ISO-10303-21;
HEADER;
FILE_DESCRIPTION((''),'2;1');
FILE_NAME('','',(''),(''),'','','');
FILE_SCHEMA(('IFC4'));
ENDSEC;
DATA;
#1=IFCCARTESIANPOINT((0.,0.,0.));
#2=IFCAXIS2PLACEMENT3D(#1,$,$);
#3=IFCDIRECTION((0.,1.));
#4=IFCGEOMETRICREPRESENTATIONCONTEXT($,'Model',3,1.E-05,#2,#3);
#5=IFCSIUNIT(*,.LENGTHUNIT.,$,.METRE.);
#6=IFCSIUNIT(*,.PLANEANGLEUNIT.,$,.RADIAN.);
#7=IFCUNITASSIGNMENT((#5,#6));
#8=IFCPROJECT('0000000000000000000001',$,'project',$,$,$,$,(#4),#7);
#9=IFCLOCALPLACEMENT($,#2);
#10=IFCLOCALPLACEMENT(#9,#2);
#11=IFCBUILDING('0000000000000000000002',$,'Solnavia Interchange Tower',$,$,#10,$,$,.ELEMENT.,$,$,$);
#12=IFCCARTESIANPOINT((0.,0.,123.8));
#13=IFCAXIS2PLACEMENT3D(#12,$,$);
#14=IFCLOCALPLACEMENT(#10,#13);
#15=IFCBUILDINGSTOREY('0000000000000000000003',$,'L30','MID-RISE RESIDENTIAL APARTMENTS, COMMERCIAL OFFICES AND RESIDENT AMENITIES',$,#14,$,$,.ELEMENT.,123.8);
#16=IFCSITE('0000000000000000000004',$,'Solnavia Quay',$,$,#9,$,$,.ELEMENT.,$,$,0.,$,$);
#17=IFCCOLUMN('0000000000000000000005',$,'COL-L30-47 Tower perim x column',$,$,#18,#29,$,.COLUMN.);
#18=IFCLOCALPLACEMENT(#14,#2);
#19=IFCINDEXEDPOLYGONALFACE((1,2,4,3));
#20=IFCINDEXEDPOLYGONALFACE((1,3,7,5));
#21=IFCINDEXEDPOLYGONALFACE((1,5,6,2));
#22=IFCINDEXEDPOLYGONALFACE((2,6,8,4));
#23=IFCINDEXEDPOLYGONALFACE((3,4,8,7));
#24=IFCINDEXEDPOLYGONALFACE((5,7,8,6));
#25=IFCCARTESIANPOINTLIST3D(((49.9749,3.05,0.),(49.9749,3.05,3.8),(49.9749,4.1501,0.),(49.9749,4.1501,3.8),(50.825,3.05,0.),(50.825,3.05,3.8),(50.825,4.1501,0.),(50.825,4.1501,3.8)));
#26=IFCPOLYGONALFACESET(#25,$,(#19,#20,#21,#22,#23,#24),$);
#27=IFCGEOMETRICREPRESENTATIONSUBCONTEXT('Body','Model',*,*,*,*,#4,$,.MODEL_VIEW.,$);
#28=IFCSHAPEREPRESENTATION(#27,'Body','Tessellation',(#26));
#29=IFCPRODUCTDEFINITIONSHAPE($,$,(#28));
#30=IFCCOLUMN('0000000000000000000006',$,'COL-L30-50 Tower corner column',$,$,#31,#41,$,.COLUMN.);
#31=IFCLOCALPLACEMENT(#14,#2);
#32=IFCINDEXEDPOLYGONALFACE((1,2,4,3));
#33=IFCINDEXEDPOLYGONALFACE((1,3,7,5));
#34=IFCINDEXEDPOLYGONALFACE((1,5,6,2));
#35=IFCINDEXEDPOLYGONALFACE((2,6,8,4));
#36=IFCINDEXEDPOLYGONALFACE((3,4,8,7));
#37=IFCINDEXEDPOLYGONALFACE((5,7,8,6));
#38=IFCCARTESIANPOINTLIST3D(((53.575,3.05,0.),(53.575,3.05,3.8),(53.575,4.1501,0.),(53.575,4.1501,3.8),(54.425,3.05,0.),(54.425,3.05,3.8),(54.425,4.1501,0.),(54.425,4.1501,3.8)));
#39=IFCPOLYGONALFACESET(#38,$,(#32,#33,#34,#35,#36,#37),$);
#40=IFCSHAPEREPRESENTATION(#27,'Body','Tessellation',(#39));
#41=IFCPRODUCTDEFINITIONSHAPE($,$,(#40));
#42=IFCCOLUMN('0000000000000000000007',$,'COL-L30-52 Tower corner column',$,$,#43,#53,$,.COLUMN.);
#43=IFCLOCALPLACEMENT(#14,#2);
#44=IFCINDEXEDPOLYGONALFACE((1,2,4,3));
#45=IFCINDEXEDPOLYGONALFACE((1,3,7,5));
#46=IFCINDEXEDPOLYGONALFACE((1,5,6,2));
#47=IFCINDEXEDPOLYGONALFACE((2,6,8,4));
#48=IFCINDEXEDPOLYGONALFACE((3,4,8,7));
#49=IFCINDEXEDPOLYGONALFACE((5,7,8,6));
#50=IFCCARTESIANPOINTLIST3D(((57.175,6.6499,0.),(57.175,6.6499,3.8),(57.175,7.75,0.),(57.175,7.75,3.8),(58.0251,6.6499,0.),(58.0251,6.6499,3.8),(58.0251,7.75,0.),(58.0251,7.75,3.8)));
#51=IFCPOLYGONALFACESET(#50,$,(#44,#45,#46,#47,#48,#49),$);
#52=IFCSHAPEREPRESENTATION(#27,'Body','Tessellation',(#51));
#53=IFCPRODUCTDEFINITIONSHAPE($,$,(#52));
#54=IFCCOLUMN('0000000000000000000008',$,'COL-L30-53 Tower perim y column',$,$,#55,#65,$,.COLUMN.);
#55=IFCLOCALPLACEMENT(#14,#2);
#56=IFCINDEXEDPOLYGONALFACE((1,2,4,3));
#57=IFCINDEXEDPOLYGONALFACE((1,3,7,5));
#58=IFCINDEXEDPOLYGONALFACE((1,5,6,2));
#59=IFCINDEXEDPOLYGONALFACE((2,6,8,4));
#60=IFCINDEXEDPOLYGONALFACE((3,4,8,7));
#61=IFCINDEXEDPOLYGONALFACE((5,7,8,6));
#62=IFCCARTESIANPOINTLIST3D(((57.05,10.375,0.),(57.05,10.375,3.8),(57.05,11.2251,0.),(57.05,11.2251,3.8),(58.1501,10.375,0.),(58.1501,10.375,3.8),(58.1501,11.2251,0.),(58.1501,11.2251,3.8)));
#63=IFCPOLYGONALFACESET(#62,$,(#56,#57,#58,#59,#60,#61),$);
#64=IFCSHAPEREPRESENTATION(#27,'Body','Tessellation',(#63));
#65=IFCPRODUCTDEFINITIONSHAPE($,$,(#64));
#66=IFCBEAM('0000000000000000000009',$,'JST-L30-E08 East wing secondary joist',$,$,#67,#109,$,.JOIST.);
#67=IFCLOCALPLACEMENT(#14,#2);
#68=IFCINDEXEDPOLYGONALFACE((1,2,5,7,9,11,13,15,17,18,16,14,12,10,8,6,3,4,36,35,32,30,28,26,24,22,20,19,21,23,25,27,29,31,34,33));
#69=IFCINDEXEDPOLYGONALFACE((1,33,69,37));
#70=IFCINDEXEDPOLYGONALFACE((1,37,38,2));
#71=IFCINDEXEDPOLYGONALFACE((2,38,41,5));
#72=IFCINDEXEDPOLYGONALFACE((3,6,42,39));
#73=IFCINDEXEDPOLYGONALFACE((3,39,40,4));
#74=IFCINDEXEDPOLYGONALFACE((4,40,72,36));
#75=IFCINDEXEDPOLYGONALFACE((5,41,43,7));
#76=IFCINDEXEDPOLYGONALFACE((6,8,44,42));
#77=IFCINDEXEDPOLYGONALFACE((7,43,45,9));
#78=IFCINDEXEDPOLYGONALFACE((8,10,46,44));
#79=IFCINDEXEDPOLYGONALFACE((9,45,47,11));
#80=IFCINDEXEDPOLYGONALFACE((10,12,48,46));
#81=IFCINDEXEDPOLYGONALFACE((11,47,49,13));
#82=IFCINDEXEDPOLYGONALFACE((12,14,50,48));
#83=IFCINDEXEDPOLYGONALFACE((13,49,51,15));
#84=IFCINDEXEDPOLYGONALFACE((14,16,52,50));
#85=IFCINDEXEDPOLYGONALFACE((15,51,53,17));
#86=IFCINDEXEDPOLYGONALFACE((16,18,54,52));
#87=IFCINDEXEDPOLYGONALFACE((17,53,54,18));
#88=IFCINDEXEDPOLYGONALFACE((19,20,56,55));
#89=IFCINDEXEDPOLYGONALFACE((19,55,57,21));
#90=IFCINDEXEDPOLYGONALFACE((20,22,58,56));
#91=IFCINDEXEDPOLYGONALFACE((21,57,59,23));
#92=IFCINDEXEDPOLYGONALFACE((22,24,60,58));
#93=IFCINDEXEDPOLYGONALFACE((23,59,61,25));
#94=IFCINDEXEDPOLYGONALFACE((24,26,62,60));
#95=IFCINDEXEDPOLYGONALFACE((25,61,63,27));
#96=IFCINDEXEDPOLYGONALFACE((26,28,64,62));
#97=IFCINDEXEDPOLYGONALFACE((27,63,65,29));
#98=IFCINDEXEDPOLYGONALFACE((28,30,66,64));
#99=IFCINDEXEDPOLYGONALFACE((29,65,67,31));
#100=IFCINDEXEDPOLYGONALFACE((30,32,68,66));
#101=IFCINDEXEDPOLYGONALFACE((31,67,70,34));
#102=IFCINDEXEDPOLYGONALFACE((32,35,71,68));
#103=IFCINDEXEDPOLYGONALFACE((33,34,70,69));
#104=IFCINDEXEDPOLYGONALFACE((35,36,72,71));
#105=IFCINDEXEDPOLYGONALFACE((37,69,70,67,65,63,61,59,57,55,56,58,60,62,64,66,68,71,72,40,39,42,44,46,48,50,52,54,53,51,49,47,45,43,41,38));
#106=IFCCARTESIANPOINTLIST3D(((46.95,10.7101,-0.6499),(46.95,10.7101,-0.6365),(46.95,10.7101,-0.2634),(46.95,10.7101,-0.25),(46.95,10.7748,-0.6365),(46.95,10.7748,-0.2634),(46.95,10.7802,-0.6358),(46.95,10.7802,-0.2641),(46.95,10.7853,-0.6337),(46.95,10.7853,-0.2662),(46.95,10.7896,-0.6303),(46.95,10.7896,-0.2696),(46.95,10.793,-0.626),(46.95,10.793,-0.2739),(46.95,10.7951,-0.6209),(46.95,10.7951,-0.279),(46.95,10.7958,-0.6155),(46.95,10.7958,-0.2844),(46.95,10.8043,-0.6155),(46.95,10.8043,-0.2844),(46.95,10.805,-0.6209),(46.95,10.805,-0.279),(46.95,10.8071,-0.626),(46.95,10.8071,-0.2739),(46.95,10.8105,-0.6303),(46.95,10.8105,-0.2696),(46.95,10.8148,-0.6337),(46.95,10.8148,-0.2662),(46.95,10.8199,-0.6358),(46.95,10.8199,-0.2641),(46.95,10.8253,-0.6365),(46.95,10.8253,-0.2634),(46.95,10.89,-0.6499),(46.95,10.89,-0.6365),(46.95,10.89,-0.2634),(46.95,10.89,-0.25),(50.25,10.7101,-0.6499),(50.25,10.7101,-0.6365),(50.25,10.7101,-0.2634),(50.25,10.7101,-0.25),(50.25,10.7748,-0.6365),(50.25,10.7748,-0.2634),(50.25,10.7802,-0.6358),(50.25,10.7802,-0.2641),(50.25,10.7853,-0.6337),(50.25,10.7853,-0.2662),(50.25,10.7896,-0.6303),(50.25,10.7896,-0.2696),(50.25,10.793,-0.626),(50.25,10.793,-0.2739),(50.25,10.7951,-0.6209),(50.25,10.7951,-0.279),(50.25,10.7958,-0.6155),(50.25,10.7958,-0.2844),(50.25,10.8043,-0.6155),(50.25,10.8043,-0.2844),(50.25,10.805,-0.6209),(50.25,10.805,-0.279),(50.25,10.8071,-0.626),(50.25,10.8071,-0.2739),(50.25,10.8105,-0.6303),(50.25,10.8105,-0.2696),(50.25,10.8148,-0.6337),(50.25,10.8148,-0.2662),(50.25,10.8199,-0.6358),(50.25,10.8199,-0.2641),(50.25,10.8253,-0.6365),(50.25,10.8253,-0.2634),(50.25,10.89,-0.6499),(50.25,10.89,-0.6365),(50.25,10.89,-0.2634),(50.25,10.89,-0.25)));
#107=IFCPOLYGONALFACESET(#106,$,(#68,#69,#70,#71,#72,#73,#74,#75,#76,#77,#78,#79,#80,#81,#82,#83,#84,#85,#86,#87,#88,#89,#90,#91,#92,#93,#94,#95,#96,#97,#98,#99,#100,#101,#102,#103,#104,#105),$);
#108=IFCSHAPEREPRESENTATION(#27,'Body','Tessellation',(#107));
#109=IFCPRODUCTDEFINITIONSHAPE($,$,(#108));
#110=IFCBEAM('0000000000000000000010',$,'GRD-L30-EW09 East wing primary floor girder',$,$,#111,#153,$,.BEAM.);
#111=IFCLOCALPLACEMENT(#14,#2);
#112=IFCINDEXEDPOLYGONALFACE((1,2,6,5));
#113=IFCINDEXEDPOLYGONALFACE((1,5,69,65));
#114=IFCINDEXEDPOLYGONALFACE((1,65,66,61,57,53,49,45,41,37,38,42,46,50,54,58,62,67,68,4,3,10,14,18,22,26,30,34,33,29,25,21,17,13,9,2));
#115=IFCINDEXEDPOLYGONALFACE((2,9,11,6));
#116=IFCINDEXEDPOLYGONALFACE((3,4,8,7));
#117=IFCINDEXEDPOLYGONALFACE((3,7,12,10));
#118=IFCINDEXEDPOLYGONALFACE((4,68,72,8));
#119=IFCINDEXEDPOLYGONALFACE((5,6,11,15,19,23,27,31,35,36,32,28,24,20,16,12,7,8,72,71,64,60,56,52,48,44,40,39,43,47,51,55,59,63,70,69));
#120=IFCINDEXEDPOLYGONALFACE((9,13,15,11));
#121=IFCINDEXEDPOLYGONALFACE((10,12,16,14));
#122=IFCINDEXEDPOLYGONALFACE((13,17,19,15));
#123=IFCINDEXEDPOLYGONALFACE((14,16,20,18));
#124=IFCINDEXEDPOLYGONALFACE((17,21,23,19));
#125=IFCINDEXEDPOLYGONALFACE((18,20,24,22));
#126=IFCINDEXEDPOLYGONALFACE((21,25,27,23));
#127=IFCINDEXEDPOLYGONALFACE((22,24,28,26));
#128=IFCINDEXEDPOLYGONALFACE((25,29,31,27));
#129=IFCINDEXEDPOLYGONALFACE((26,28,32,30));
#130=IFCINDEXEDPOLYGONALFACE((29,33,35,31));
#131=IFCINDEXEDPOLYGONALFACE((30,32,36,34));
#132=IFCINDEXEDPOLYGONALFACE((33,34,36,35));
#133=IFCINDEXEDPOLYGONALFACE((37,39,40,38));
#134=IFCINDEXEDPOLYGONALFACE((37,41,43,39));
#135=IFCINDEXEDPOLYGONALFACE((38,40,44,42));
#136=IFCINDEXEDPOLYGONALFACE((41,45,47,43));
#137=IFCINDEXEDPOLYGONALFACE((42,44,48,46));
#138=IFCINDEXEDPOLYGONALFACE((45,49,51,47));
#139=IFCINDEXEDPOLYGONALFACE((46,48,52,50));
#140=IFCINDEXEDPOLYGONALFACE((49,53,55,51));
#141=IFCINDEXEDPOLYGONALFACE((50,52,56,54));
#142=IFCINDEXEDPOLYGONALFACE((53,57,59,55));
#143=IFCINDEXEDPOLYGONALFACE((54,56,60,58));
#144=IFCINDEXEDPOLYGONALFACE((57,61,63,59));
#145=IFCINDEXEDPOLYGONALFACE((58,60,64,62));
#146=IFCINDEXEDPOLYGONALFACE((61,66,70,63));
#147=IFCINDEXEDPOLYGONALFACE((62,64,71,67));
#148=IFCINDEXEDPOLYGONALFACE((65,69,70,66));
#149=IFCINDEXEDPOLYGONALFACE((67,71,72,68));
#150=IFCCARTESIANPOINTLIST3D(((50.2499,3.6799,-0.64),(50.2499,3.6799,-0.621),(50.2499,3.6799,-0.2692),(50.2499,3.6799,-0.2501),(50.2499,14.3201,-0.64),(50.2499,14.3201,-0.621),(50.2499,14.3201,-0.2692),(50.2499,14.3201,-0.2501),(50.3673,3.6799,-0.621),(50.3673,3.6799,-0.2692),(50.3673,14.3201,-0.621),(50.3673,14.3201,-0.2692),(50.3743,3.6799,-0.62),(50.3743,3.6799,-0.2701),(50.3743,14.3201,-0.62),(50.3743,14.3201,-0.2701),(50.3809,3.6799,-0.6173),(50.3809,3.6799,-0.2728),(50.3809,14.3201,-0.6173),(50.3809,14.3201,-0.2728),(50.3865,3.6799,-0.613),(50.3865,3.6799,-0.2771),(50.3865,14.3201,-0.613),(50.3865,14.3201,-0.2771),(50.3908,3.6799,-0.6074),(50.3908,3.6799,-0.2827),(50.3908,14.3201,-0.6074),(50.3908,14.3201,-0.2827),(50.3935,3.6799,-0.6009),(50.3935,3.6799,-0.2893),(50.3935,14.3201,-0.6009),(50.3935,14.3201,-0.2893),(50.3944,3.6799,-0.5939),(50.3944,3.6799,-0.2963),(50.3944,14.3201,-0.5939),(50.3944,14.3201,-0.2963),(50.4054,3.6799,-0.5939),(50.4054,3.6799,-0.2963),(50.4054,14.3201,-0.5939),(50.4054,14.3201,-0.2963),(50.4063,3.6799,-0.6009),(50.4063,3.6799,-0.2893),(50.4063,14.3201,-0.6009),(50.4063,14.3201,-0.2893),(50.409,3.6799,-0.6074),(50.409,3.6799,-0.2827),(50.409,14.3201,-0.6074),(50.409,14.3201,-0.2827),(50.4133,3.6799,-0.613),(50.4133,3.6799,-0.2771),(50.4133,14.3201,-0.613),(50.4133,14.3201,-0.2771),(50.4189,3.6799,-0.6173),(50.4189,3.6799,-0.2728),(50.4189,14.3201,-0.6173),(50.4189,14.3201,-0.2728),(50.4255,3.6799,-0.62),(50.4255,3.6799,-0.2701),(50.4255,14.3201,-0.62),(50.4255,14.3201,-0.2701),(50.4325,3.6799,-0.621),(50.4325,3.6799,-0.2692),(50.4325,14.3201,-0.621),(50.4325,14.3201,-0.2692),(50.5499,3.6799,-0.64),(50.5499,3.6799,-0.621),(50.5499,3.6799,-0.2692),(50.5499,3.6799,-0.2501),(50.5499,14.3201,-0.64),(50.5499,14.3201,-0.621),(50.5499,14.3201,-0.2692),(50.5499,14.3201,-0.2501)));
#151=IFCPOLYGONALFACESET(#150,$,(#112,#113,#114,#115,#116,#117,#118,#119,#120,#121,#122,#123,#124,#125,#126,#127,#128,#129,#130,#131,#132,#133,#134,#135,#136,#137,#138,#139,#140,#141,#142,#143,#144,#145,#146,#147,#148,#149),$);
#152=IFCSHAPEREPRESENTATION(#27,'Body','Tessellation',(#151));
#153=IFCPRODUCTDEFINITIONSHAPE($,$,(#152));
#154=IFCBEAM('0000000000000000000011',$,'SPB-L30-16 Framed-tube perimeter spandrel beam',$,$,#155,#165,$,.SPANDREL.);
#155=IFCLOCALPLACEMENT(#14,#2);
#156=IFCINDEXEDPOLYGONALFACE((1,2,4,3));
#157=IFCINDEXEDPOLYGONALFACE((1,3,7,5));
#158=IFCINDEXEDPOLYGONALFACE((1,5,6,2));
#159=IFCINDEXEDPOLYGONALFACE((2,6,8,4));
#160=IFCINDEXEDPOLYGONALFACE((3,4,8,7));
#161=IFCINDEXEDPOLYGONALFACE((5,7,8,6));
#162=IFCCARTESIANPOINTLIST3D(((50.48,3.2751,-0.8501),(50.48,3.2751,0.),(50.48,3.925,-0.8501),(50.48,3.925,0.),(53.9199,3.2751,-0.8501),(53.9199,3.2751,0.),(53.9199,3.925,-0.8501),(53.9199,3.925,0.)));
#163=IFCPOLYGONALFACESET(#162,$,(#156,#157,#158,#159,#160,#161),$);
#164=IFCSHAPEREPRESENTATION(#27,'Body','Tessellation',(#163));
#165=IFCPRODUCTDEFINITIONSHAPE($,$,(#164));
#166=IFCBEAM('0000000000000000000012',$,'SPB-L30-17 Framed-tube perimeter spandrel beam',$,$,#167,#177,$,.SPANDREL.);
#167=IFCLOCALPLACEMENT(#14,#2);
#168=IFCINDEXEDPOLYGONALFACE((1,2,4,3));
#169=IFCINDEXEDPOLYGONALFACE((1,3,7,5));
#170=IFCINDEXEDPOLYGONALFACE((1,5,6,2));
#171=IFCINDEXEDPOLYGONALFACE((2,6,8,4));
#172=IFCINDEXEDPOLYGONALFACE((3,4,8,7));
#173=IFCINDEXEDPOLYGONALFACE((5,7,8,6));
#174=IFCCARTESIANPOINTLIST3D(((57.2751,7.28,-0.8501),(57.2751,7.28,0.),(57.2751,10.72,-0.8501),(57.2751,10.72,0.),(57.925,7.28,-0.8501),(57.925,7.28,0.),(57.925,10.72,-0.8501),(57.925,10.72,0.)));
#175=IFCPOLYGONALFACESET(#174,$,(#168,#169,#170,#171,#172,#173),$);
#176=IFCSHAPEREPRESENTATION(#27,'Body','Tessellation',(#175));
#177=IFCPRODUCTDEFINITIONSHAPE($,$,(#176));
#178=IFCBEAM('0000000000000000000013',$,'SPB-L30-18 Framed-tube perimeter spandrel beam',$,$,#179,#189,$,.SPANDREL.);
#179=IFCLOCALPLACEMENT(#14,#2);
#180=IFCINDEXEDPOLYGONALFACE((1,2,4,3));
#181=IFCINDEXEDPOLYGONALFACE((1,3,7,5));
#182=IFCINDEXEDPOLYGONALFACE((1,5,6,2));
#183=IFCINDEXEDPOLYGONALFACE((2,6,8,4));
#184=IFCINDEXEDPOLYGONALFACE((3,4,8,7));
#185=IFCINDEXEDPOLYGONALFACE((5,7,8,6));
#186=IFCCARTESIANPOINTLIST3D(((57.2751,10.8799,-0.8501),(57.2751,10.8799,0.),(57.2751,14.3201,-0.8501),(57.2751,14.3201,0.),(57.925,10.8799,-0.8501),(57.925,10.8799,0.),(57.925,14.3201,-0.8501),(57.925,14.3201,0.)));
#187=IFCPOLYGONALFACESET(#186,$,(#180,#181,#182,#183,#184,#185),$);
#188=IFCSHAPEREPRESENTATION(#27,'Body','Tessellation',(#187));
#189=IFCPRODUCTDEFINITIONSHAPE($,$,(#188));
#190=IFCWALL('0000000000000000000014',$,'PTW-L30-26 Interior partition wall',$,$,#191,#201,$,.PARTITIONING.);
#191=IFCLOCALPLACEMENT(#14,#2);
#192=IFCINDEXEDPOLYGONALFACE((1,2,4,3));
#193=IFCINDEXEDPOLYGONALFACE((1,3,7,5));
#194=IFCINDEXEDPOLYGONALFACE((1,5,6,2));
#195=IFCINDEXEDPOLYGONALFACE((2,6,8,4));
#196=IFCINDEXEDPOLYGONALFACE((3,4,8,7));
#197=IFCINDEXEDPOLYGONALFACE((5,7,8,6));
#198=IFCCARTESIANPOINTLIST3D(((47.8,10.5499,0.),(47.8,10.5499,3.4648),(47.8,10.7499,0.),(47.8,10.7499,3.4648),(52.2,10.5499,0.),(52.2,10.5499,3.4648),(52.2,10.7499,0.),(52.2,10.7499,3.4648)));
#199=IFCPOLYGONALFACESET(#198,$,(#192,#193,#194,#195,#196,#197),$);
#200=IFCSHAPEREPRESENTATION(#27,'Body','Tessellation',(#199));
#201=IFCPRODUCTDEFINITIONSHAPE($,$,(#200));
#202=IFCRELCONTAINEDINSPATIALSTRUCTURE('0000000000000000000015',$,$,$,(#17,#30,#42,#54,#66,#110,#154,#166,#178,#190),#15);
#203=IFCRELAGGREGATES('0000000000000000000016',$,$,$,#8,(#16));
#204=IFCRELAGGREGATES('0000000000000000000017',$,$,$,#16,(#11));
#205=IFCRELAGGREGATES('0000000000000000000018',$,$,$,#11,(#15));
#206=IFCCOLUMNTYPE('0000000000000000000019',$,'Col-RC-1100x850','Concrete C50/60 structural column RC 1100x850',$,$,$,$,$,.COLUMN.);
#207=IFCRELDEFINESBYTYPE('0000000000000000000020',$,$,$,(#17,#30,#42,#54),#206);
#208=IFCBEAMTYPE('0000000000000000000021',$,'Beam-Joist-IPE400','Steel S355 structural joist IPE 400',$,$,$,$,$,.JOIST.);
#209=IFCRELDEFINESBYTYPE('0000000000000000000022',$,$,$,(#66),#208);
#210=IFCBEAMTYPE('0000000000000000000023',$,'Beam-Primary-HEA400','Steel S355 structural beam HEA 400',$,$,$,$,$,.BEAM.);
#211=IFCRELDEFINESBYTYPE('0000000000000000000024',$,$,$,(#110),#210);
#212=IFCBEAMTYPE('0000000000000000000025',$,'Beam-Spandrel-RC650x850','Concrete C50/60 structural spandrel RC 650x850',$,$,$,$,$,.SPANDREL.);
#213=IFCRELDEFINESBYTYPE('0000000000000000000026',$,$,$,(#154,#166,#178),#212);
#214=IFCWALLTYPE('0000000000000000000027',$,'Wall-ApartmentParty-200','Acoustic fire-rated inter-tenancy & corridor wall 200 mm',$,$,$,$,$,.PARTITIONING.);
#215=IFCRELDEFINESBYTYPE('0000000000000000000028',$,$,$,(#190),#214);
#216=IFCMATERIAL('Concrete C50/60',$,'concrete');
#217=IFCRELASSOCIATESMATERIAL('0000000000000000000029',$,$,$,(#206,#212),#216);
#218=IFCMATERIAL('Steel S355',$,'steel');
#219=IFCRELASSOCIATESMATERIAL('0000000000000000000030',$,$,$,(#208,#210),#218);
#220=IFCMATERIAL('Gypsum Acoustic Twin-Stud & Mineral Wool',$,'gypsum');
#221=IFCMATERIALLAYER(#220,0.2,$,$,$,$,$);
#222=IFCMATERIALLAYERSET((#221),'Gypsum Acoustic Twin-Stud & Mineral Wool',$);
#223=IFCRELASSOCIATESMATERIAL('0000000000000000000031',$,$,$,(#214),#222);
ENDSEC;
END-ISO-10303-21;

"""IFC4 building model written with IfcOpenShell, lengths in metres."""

from ifc_helpers import new_model, si_unit, direction, frame, frame_2d, origin, origin_2d, place, context, subcontext, project, spatial, rectangle, i_section, extrude, material, layer, layer_set, material_profile, profile_set, type_object, element, save


model = new_model("IFC4")

# Units and contexts
model_context = context("Model", 3, precision=1e-05, world=origin(), true_north=direction((0.0, 1.0)))
body_context = subcontext(model_context, "Body", "Model", "MODEL_VIEW")
ifc_project = project(units=[si_unit("LENGTHUNIT", "METRE"), si_unit("PLANEANGLEUNIT", "RADIAN")], contexts=[model_context])

# Site, building, storey
site_placement = place(None, origin())
site = spatial("IfcSite", under=ifc_project, at=site_placement, Name="Solnavia Quay", CompositionType="ELEMENT", RefElevation=0.0)
building_placement = place(site_placement, origin())
building = spatial("IfcBuilding", under=site, at=building_placement, Name="Solnavia Interchange Tower", CompositionType="ELEMENT")
storey_placement = place(building_placement, frame((0.0, 0.0, 123.8)))
storey = spatial("IfcBuildingStorey", under=building, at=storey_placement, Name="L30", Description="MID-RISE RESIDENTIAL APARTMENTS, COMMERCIAL OFFICES AND RESIDENT AMENITIES", CompositionType="ELEMENT", Elevation=123.8)

# Columns
ifc_material_1 = material(Name="Concrete C50/60", Category="concrete")
ifc_material_profile_1 = material_profile(ifc_material_1, rectangle(XDim=0.8501, YDim=1.1001, at=origin_2d()), Name="RC 1100x850")
ifc_profile_set_1 = profile_set([ifc_material_profile_1], Name="Concrete C50/60")
column_type = type_object("IfcColumnType", Name="Col-RC-1100x850", Description="Concrete C50/60 structural column RC 1100x850", PredefinedType="COLUMN", material=ifc_profile_set_1)
for number, where, z_axis, x_axis, name in (
    (1, (50.3999, 3.6001, 0.0), (0.0, 0.0, 1.0), (1.0, 0.0, 0.0), "COL-L30-47 Tower perim x column"),
    (2, (54.0, 3.6001, 0.0), (0.0, 0.0, 1.0), (1.0, 0.0, 0.0), "COL-L30-50 Tower corner column"),
    (3, (57.6001, 7.2, 0.0), (0.0, 0.0, 1.0), (1.0, 0.0, 0.0), "COL-L30-52 Tower corner column"),
    (4, (57.6001, 10.8, 0.0), (0.0, 0.0, 1.0), (0.0, 1.0, 0.0), "COL-L30-53 Tower perim y column"),
):
    element("IfcColumn", number, at=place(storey_placement, frame(where, z_axis=z_axis, x_axis=x_axis)), inside=storey, type_object=column_type, Name=name, PredefinedType="COLUMN", context=body_context, shape_type="SweptSolid", body=[
        extrude(rectangle(XDim=0.8501, YDim=1.1001, at=origin_2d()), origin(), (0.0, 0.0, 1.0), 3.8),
    ])

# Beams
ifc_material_2 = material(Name="Steel S355", Category="steel")
ifc_material_profile_2 = material_profile(ifc_material_2, i_section(OverallWidth=0.1799, OverallDepth=0.3999, WebThickness=0.0085, FlangeThickness=0.0134, FilletRadius=0.021, at=origin_2d()), Name="IPE 400")
ifc_profile_set_2 = profile_set([ifc_material_profile_2], Name="Steel S355")
beam_type_1 = type_object("IfcBeamType", Name="Beam-Joist-IPE400", Description="Steel S355 structural joist IPE 400", PredefinedType="JOIST", material=ifc_profile_set_2)
beam_1_placement = place(storey_placement, frame((46.95, 10.8, -0.45), z_axis=(1.0, 0.0, 0.0), x_axis=(0.0, 1.0, 0.0)))
element("IfcBeam", 5, at=beam_1_placement, inside=storey, type_object=beam_type_1, Name="JST-L30-E08 East wing secondary joist", PredefinedType="JOIST", context=body_context, shape_type="SweptSolid", body=[
    extrude(i_section(OverallWidth=0.1799, OverallDepth=0.3999, WebThickness=0.0085, FlangeThickness=0.0134, FilletRadius=0.021, at=origin_2d()), origin(), (0.0, 0.0, 1.0), 3.3),
])
ifc_material_profile_3 = material_profile(ifc_material_2, i_section(OverallWidth=0.3, OverallDepth=0.3899, WebThickness=0.011, FlangeThickness=0.019, FilletRadius=0.0271, at=origin_2d()), Name="HEA 400")
ifc_profile_set_3 = profile_set([ifc_material_profile_3], Name="Steel S355")
beam_type_2 = type_object("IfcBeamType", Name="Beam-Primary-HEA400", Description="Steel S355 structural beam HEA 400", PredefinedType="BEAM", material=ifc_profile_set_3)
beam_2_placement = place(storey_placement, frame((50.3999, 3.6799, -0.4451), z_axis=(0.0, 1.0, 0.0), x_axis=(-1.0, 0.0, 0.0)))
element("IfcBeam", 6, at=beam_2_placement, inside=storey, type_object=beam_type_2, Name="GRD-L30-EW09 East wing primary floor girder", PredefinedType="BEAM", context=body_context, shape_type="SweptSolid", body=[
    extrude(i_section(OverallWidth=0.3, OverallDepth=0.3899, WebThickness=0.011, FlangeThickness=0.019, FilletRadius=0.0271, at=origin_2d()), origin(), (0.0, 0.0, 1.0), 10.6401),
])
ifc_material_profile_4 = material_profile(ifc_material_1, rectangle(XDim=0.6499, YDim=0.8501, at=origin_2d()), Name="RC 650x850")
ifc_profile_set_4 = profile_set([ifc_material_profile_4], Name="Concrete C50/60")
beam_type_3 = type_object("IfcBeamType", Name="Beam-Spandrel-RC650x850", Description="Concrete C50/60 structural spandrel RC 650x850", PredefinedType="SPANDREL", material=ifc_profile_set_4)
for number, where, z_axis, x_axis, name in (
    (7, (50.48, 3.6001, -0.425), (1.0, 0.0, 0.0), (0.0, 1.0, 0.0), "SPB-L30-16 Framed-tube perimeter spandrel beam"),
    (8, (57.6001, 7.28, -0.425), (0.0, 1.0, 0.0), (-1.0, 0.0, 0.0), "SPB-L30-17 Framed-tube perimeter spandrel beam"),
):
    element("IfcBeam", number, at=place(storey_placement, frame(where, z_axis=z_axis, x_axis=x_axis)), inside=storey, type_object=beam_type_3, Name=name, PredefinedType="SPANDREL", context=body_context, shape_type="SweptSolid", body=[
        extrude(rectangle(XDim=0.6499, YDim=0.8501, at=origin_2d()), origin(), (0.0, 0.0, 1.0), 3.4399),
    ])
beam_3_placement = place(storey_placement, frame((57.6001, 10.8799, -0.425), z_axis=(0.0, 1.0, 0.0), x_axis=(-1.0, 0.0, 0.0)))
element("IfcBeam", 9, at=beam_3_placement, inside=storey, type_object=beam_type_3, Name="SPB-L30-18 Framed-tube perimeter spandrel beam", PredefinedType="SPANDREL", context=body_context, shape_type="SweptSolid", body=[
    extrude(rectangle(XDim=0.6499, YDim=0.8501, at=origin_2d()), origin(), (0.0, 0.0, 1.0), 3.4402),
])

# Wall
ifc_material_3 = material(Name="Gypsum Acoustic Twin-Stud & Mineral Wool", Category="gypsum")
ifc_layer_1 = layer(ifc_material_3, 0.2)
ifc_layer_set_1 = layer_set([ifc_layer_1], Name="Gypsum Acoustic Twin-Stud & Mineral Wool")
wall_type_1 = type_object("IfcWallType", Name="Wall-ApartmentParty-200", Description="Acoustic fire-rated inter-tenancy & corridor wall 200 mm", PredefinedType="PARTITIONING", material=ifc_layer_set_1)
wall_1_placement = place(storey_placement, frame((47.8, 10.6499, 0.0), z_axis=(0.0, 0.0, 1.0), x_axis=(1.0, 0.0, 0.0)))
element("IfcWall", 10, at=wall_1_placement, inside=storey, type_object=wall_type_1, Name="PTW-L30-26 Interior partition wall", PredefinedType="PARTITIONING", context=body_context, shape_type="SweptSolid", body=[
    extrude(rectangle(XDim=4.3999, YDim=0.2, at=frame_2d((2.2, 0.0))), origin(), (0.0, 0.0, 1.0), 3.4648),
])

save(model, "model.ifc")
